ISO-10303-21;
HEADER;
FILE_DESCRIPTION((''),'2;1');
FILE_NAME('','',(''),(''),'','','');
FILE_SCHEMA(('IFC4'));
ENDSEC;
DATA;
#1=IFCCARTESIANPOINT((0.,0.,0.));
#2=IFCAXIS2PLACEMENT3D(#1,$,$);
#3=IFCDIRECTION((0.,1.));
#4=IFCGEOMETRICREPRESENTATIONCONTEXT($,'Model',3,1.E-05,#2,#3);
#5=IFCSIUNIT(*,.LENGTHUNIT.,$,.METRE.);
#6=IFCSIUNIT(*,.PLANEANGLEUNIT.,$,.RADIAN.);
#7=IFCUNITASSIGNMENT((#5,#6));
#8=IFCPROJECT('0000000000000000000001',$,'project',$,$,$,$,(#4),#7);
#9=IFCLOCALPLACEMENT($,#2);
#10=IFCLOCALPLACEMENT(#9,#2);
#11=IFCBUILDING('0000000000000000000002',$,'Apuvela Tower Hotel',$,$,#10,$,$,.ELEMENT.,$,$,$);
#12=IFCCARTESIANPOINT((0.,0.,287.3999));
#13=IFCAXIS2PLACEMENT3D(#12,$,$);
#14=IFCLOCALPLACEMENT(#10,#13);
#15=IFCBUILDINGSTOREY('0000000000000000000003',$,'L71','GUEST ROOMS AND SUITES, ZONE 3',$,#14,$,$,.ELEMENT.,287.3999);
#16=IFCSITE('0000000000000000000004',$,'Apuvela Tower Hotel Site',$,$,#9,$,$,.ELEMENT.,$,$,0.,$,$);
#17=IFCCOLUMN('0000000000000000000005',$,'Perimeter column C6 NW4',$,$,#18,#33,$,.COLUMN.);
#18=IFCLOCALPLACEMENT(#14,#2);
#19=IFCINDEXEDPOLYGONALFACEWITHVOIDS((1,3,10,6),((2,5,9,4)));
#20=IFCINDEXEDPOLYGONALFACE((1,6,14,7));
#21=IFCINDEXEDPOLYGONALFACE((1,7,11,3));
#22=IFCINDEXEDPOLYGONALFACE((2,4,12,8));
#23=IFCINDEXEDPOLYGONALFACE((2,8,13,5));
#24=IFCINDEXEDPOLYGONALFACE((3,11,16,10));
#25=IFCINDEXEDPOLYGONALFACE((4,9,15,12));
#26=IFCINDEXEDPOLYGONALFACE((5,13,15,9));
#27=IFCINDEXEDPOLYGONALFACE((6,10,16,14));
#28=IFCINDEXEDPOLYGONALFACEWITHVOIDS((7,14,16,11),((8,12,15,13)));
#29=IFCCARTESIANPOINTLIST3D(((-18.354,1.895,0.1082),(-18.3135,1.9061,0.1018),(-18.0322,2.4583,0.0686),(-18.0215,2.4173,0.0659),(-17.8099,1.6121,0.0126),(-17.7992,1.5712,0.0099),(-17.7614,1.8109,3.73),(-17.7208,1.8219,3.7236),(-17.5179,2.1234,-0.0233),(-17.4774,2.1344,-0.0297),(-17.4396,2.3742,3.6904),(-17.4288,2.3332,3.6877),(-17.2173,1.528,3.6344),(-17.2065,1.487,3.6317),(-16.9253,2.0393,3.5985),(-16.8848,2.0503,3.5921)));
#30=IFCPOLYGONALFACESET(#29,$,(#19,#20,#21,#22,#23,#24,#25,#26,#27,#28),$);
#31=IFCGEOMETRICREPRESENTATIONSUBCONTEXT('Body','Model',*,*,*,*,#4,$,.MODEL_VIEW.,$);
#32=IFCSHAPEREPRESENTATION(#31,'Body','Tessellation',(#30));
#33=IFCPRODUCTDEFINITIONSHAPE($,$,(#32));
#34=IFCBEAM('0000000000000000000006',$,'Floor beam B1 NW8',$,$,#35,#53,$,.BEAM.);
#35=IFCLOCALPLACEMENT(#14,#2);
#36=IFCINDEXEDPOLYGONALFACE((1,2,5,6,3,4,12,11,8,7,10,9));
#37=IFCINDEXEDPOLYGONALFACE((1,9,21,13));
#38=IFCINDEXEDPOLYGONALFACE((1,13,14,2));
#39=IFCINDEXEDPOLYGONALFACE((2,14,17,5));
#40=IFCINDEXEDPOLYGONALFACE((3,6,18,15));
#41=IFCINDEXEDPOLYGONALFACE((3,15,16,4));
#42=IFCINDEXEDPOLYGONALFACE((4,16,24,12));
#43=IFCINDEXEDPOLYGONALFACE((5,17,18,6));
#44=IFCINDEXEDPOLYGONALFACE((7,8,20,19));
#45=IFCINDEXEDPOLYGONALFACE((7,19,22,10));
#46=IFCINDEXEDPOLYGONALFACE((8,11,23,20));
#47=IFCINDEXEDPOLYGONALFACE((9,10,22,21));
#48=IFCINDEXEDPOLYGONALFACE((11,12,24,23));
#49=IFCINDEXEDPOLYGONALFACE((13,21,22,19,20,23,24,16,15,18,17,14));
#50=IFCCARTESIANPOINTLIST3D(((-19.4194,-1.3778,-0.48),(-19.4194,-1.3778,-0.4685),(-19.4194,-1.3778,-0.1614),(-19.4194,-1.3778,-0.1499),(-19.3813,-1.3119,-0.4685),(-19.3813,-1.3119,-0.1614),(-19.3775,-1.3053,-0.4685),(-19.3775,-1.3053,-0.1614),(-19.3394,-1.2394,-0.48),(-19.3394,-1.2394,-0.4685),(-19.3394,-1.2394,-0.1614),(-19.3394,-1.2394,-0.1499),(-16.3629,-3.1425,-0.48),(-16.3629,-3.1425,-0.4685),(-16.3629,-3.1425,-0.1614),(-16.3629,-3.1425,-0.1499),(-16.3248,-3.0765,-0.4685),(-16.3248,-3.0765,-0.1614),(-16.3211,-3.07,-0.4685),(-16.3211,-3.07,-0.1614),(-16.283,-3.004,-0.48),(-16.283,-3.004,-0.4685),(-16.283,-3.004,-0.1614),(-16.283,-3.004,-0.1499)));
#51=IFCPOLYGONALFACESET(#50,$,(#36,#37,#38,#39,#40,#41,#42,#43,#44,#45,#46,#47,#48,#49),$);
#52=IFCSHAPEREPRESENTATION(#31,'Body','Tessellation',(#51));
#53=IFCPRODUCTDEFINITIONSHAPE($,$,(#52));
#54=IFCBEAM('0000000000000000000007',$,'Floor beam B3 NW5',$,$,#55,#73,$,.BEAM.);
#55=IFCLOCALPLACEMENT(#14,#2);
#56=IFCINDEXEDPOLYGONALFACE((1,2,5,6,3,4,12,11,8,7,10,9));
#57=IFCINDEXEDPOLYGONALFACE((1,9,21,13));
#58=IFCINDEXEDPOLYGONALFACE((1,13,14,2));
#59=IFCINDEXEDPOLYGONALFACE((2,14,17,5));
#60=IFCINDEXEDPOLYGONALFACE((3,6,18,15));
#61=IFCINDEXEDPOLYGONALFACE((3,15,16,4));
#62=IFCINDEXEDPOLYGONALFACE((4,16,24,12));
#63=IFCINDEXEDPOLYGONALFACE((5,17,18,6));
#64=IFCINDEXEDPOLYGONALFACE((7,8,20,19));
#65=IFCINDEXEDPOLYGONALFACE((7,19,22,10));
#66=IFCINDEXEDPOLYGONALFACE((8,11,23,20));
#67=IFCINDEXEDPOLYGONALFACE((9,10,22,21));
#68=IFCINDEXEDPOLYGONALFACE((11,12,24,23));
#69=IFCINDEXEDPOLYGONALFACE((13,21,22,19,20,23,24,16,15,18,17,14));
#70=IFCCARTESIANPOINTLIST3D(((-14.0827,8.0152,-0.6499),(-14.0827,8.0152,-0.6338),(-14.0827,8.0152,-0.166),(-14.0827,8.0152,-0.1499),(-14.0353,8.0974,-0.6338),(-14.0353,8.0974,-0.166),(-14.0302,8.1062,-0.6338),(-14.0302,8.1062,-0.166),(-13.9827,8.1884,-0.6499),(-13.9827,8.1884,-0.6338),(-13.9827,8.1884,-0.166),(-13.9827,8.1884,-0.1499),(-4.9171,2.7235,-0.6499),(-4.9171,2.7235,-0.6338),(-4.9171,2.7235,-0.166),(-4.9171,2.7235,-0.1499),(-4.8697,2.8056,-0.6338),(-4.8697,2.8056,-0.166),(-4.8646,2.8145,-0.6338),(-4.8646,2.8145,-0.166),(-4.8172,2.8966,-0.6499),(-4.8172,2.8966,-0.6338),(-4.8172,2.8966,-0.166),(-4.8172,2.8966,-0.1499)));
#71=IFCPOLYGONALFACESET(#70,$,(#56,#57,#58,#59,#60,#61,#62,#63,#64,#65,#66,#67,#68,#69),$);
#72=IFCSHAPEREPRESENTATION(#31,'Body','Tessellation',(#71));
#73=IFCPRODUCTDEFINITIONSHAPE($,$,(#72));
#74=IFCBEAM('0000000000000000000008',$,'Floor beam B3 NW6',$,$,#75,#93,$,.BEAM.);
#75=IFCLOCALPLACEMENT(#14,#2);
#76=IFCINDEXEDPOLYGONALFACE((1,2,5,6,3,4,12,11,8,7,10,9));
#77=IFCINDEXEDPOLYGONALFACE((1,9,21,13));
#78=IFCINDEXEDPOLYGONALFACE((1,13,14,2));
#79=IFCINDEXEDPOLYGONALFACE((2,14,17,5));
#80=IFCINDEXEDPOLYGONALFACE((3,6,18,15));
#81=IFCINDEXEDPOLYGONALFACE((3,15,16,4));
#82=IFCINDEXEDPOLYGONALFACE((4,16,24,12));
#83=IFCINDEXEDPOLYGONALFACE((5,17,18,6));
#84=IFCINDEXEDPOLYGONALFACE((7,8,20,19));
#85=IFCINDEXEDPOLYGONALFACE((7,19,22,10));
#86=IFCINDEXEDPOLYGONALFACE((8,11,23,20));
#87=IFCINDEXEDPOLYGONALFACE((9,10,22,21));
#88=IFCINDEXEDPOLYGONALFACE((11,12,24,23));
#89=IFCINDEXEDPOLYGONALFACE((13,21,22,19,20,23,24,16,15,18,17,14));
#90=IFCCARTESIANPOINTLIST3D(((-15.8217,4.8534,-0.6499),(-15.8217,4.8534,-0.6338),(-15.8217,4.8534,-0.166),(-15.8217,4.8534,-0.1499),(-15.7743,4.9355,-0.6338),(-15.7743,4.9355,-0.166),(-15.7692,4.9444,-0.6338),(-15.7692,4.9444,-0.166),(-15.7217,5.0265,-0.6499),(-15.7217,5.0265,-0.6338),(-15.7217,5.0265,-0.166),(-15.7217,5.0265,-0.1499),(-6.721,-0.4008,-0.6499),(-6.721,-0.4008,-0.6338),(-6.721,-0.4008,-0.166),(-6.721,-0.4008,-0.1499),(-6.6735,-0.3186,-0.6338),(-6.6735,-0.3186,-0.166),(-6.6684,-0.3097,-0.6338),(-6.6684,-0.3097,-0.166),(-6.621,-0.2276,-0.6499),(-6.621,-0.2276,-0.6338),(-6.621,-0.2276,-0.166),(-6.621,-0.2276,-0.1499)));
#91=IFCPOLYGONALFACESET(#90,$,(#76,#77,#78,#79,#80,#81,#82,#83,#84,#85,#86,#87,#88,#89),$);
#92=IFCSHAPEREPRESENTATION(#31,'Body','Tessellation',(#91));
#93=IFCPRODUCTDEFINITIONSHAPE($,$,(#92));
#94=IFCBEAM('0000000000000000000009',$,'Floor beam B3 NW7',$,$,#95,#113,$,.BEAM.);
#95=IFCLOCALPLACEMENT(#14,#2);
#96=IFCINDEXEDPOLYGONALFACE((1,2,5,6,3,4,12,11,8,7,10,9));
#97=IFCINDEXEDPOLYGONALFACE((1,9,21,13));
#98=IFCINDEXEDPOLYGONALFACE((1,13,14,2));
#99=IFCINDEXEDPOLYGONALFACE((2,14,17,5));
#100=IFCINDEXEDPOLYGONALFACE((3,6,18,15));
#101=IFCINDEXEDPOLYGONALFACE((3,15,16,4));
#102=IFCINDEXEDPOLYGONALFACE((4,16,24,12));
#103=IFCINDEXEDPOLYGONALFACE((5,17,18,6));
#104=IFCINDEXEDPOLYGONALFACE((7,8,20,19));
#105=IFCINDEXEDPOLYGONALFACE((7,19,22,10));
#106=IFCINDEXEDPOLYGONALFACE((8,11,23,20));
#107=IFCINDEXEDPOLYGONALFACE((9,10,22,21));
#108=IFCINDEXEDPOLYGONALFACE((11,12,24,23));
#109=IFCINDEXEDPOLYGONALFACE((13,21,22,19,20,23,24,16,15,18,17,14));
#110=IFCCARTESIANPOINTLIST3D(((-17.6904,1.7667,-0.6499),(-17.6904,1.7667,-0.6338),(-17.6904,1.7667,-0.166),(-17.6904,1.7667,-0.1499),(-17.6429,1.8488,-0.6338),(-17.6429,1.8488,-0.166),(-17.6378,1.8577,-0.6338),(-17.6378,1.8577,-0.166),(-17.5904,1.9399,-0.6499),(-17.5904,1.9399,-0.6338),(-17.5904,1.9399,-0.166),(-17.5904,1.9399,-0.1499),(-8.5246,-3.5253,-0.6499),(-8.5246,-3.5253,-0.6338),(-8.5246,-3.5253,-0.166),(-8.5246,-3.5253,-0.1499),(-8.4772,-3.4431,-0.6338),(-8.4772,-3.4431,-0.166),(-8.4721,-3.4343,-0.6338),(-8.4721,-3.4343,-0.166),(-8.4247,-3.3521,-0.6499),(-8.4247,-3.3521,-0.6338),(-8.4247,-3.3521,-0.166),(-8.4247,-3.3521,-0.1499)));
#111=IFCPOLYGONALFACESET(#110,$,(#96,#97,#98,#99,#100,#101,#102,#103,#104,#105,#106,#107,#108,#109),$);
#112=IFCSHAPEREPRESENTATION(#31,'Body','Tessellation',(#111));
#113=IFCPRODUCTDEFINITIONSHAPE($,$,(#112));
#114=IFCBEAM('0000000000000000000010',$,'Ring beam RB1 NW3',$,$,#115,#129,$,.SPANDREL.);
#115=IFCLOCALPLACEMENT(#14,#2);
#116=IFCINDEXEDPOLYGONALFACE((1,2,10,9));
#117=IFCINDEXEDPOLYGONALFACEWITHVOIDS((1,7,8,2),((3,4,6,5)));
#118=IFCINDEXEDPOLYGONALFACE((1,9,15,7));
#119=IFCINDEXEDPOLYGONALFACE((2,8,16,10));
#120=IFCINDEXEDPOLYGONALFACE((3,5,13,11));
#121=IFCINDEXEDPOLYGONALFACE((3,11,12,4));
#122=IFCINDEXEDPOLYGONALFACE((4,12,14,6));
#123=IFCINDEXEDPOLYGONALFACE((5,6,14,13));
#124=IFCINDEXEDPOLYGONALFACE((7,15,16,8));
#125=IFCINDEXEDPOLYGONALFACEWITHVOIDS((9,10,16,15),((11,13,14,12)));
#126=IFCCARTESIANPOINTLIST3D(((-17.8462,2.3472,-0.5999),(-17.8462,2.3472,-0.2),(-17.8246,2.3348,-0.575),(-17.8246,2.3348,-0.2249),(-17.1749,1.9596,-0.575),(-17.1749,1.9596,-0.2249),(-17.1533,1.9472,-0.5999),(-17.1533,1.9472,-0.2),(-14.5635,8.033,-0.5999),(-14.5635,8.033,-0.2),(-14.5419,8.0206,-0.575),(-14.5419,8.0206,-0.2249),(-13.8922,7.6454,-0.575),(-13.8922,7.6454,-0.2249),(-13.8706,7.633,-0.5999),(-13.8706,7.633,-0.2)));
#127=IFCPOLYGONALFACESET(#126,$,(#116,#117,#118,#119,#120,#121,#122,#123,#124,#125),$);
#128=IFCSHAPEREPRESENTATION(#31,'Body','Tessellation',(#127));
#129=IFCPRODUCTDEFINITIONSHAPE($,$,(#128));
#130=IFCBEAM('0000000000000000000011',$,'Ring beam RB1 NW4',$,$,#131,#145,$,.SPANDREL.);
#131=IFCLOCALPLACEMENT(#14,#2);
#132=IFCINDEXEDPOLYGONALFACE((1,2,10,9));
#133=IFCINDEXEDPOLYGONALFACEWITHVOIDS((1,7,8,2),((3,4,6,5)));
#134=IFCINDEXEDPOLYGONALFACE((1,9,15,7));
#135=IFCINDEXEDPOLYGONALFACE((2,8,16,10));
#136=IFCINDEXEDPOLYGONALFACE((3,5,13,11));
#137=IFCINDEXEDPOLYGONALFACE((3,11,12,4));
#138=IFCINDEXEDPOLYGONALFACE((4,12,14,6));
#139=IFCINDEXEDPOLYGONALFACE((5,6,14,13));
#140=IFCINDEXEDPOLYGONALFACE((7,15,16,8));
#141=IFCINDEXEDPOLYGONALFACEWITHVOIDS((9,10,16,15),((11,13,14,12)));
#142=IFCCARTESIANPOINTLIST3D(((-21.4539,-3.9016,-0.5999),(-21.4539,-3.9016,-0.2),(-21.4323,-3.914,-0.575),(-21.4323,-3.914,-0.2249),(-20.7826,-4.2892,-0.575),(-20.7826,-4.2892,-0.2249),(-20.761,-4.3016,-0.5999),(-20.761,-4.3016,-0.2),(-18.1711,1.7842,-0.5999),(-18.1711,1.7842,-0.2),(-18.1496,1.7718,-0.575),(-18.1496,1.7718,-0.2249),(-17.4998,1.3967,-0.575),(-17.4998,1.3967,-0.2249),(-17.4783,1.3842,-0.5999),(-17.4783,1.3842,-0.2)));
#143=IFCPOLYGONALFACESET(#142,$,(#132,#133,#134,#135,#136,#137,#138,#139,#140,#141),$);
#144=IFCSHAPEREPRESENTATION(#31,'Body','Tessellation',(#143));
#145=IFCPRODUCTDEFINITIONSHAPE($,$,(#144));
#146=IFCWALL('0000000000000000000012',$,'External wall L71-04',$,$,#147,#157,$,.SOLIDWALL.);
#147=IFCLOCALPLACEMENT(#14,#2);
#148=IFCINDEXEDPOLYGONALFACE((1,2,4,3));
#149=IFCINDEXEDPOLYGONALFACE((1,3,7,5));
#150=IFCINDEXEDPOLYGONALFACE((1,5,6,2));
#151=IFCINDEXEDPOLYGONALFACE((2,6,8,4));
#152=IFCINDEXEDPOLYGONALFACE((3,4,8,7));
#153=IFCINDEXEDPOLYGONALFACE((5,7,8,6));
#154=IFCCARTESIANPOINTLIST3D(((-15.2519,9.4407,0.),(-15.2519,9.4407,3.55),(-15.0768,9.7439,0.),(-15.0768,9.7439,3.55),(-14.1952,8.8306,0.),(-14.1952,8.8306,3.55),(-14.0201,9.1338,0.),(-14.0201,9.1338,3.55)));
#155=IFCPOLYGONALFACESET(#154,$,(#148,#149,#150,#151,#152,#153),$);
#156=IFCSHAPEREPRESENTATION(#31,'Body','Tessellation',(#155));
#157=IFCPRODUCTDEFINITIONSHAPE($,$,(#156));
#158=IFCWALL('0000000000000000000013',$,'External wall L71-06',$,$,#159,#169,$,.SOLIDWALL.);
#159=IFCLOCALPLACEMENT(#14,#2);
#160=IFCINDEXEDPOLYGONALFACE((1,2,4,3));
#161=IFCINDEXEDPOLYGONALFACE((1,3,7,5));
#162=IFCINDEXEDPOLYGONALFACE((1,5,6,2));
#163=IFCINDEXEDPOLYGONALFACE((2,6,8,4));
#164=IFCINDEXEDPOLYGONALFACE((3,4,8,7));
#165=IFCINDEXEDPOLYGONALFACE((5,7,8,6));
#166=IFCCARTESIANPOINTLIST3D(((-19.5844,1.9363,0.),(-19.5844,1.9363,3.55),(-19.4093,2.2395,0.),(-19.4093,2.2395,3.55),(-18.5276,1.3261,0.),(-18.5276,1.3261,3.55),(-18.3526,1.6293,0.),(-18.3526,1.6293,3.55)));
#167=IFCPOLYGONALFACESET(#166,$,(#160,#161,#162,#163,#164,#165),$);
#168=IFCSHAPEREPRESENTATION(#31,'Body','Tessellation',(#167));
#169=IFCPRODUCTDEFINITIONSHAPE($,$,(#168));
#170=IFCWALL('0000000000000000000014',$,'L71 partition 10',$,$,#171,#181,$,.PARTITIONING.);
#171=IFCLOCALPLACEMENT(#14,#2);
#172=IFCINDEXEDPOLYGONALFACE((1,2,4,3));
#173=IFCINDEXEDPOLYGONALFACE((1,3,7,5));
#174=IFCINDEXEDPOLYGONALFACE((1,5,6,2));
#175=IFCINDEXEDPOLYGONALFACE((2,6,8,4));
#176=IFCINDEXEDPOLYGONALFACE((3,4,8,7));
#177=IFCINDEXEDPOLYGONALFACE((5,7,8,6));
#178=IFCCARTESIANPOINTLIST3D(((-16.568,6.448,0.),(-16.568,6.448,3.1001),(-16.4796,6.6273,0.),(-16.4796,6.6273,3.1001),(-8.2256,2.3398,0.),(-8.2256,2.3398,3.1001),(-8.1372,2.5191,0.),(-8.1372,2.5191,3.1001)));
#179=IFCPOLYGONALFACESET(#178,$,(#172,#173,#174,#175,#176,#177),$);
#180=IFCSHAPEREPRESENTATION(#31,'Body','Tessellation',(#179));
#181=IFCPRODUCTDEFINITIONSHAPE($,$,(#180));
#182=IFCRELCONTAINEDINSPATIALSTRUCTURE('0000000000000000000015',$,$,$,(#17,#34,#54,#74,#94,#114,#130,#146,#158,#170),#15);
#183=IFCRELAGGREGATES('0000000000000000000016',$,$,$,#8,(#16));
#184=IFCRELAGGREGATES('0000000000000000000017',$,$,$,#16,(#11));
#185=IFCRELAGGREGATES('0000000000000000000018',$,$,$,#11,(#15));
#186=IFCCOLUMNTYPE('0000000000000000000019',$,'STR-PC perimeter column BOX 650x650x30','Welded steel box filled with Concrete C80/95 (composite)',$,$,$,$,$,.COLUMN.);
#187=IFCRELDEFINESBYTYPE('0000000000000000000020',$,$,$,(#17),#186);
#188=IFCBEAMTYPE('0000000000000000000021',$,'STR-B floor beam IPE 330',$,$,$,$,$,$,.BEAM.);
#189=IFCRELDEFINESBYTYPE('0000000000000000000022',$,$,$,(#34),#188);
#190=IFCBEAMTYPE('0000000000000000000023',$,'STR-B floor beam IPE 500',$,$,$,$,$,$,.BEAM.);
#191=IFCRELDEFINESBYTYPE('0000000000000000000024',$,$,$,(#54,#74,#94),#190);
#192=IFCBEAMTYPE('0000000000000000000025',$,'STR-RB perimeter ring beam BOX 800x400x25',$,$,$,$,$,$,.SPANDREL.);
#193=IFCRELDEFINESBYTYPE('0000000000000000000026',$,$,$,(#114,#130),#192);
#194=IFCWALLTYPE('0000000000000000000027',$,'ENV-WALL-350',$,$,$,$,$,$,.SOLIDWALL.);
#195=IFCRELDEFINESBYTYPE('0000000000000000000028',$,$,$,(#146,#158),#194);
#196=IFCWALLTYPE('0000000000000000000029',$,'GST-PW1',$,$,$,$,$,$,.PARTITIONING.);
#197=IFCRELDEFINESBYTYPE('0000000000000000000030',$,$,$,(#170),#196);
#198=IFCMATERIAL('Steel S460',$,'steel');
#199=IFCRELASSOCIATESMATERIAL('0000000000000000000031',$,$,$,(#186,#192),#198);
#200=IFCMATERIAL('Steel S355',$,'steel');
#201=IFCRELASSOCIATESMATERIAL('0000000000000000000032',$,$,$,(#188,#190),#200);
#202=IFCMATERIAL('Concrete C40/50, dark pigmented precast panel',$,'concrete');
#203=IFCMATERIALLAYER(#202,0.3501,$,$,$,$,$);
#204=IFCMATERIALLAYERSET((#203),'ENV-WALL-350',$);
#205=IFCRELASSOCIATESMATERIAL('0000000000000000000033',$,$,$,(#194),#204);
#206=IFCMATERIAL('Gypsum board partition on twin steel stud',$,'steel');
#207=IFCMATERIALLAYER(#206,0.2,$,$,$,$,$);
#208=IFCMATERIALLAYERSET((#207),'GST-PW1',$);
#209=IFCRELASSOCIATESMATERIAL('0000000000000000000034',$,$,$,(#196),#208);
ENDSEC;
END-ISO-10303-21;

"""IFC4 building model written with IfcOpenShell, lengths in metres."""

from ifc_helpers import new_model, si_unit, direction, frame, frame_2d, origin, origin_2d, place, context, subcontext, project, spatial, rectangle, hollow_rectangle, i_section, extrude, boolean, halfspace, material, layer, layer_set, material_profile, profile_set, type_object, element, save


model = new_model("IFC4")

# Units and contexts
model_context = context("Model", 3, precision=1e-05, world=origin(), true_north=direction((0.0, 1.0)))
body_context = subcontext(model_context, "Body", "Model", "MODEL_VIEW")
ifc_project = project(units=[si_unit("LENGTHUNIT", "METRE"), si_unit("PLANEANGLEUNIT", "RADIAN")], contexts=[model_context])

# Site, building, storey
site_placement = place(None, origin())
site = spatial("IfcSite", under=ifc_project, at=site_placement, Name="Apuvela Tower Hotel Site", CompositionType="ELEMENT", RefElevation=0.0)
building_placement = place(site_placement, origin())
building = spatial("IfcBuilding", under=site, at=building_placement, Name="Apuvela Tower Hotel", CompositionType="ELEMENT")
storey_placement = place(building_placement, frame((0.0, 0.0, 287.3999)))
storey = spatial("IfcBuildingStorey", under=building, at=storey_placement, Name="L71", Description="GUEST ROOMS AND SUITES, ZONE 3", CompositionType="ELEMENT", Elevation=287.3999)

# Column
ifc_material_1 = material(Name="Steel S460", Category="steel")
ifc_material_profile_1 = material_profile(ifc_material_1, hollow_rectangle(XDim=0.6499, YDim=0.6499, WallThickness=0.03, at=origin_2d()), Name="BOX 650x650x30")
ifc_material_2 = material(Name="Concrete C80/95", Category="concrete")
ifc_material_profile_2 = material_profile(ifc_material_2, rectangle(XDim=0.5901, YDim=0.5901, at=origin_2d()), Name="Concrete C80/95 infill")
ifc_profile_set_1 = profile_set([ifc_material_profile_1, ifc_material_profile_2], Name="Steel S460")
column_type = type_object("IfcColumnType", Name="STR-PC perimeter column BOX 650x650x30", Description="Welded steel box filled with Concrete C80/95 (composite)", PredefinedType="COLUMN", material=ifc_profile_set_1)
column_1_placement = place(storey_placement, frame((-17.9221, 2.0156, 0.0), z_axis=(0.161442, -0.022914, 0.986616), x_axis=(-0.495073, -0.866716, 0.06088)))
element("IfcColumn", 1, at=column_1_placement, inside=storey, type_object=column_type, Name="Perimeter column C6 NW4", PredefinedType="COLUMN", context=body_context, shape_type="SweptSolid", body=[
    boolean("DIFFERENCE", boolean("DIFFERENCE", extrude(hollow_rectangle(XDim=0.6499, YDim=0.6499, WallThickness=0.03, at=origin_2d()), origin(), (0.0, 0.0, 1.0), 3.7505), halfspace(frame((0.0, 0.0, 0.0398), z_axis=(0.0, 0.0, 1.0), x_axis=(1.0, 0.0, 0.0)), True)), halfspace(frame((0.0, 0.0, 3.7107), z_axis=(0.0, 0.0, 1.0), x_axis=(1.0, 0.0, 0.0)), False)),
])

# Beams
ifc_material_3 = material(Name="Steel S355", Category="steel")
ifc_material_profile_3 = material_profile(ifc_material_3, i_section(OverallWidth=0.1599, OverallDepth=0.3301, WebThickness=0.0076, FlangeThickness=0.0115, at=origin_2d()), Name="IPE 330")
ifc_profile_set_2 = profile_set([ifc_material_profile_3], Name="Steel S355")
beam_type_1 = type_object("IfcBeamType", Name="STR-B floor beam IPE 330", PredefinedType="BEAM", material=ifc_profile_set_2)
beam_1_placement = place(storey_placement, frame((-19.3794, -1.3086, -0.3149), z_axis=(0.866021, -0.500008, 0.0), x_axis=(0.500008, 0.866021, 0.0)))
element("IfcBeam", 2, at=beam_1_placement, inside=storey, type_object=beam_type_1, Name="Floor beam B1 NW8", PredefinedType="BEAM", context=body_context, shape_type="SweptSolid", body=[
    extrude(i_section(OverallWidth=0.1599, OverallDepth=0.3301, WebThickness=0.0076, FlangeThickness=0.0115, at=origin_2d()), origin(), (0.0, 0.0, 1.0), 3.5293),
])
ifc_material_profile_4 = material_profile(ifc_material_3, i_section(OverallWidth=0.2, OverallDepth=0.5, WebThickness=0.0103, FlangeThickness=0.0161, at=origin_2d()), Name="IPE 500")
ifc_profile_set_3 = profile_set([ifc_material_profile_4], Name="Steel S355")
beam_type_2 = type_object("IfcBeamType", Name="STR-B floor beam IPE 500", PredefinedType="BEAM", material=ifc_profile_set_3)
beam_2_placement = place(storey_placement, frame((-14.0327, 8.1018, -0.3999), z_axis=(0.866024, -0.500002, 0.0), x_axis=(0.500002, 0.866024, 0.0)))
element("IfcBeam", 3, at=beam_2_placement, inside=storey, type_object=beam_type_2, Name="Floor beam B3 NW5", PredefinedType="BEAM", context=body_context, shape_type="SweptSolid", body=[
    extrude(i_section(OverallWidth=0.2, OverallDepth=0.5, WebThickness=0.0103, FlangeThickness=0.0161, at=origin_2d()), origin(), (0.0, 0.0, 1.0), 10.5835),
])
beam_3_placement = place(storey_placement, frame((-15.7717, 4.9399, -0.3999), z_axis=(0.866034, -0.499985, 0.0), x_axis=(0.499985, 0.866034, 0.0)))
element("IfcBeam", 4, at=beam_3_placement, inside=storey, type_object=beam_type_2, Name="Floor beam B3 NW6", PredefinedType="BEAM", context=body_context, shape_type="SweptSolid", body=[
    extrude(i_section(OverallWidth=0.2, OverallDepth=0.5, WebThickness=0.0103, FlangeThickness=0.0161, at=origin_2d()), origin(), (0.0, 0.0, 1.0), 10.5085),
])
beam_4_placement = place(storey_placement, frame((-17.6404, 1.8533, -0.3999), z_axis=(0.86602, -0.500009, 0.0), x_axis=(0.500009, 0.86602, 0.0)))
element("IfcBeam", 5, at=beam_4_placement, inside=storey, type_object=beam_type_2, Name="Floor beam B3 NW7", PredefinedType="BEAM", context=body_context, shape_type="SweptSolid", body=[
    extrude(i_section(OverallWidth=0.2, OverallDepth=0.5, WebThickness=0.0103, FlangeThickness=0.0161, at=origin_2d()), origin(), (0.0, 0.0, 1.0), 10.5837),
])
ifc_material_profile_5 = material_profile(ifc_material_1, hollow_rectangle(XDim=0.8, YDim=0.3999, WallThickness=0.0249, at=origin_2d()), Name="BOX 800x400x25")
ifc_profile_set_4 = profile_set([ifc_material_profile_5], Name="Steel S460")
beam_type_3 = type_object("IfcBeamType", Name="STR-RB perimeter ring beam BOX 800x400x25", PredefinedType="SPANDREL", material=ifc_profile_set_4)
for number, where, z_axis, x_axis, name in (
    (6, (-14.217, 7.833, -0.3999), (-0.500002, -0.866024, 0.0), (0.866024, -0.500002, 0.0), "Ring beam RB1 NW3"),
    (7, (-17.8247, 1.5842, -0.3999), (-0.500002, -0.866024, 0.0), (0.866024, -0.500002, 0.0), "Ring beam RB1 NW4"),
):
    element("IfcBeam", number, at=place(storey_placement, frame(where, z_axis=z_axis, x_axis=x_axis)), inside=storey, type_object=beam_type_3, Name=name, PredefinedType="SPANDREL", context=body_context, shape_type="SweptSolid", body=[
        extrude(hollow_rectangle(XDim=0.8, YDim=0.3999, WallThickness=0.0249, at=origin_2d()), origin(), (0.0, 0.0, 1.0), 6.5654),
    ])

# Wall
ifc_material_4 = material(Name="Concrete C40/50, dark pigmented precast panel", Category="concrete")
ifc_layer_1 = layer(ifc_material_4, 0.3501)
ifc_layer_set_1 = layer_set([ifc_layer_1], Name="ENV-WALL-350")
wall_type_1 = type_object("IfcWallType", Name="ENV-WALL-350", PredefinedType="SOLIDWALL", material=ifc_layer_set_1)
wall_1_placement = place(storey_placement, frame((-14.1077, 8.9822, 0.0), z_axis=(0.0, 0.0, 1.0), x_axis=(-0.866006, 0.500034, 0.0)))
element("IfcWall", 8, at=wall_1_placement, inside=storey, type_object=wall_type_1, Name="External wall L71-04", PredefinedType="SOLIDWALL", context=body_context, shape_type="SweptSolid", body=[
    extrude(rectangle(XDim=1.2202, YDim=0.3501, at=frame_2d((0.6101, 0.0))), origin(), (0.0, 0.0, 1.0), 3.55),
])

# Wall
wall_2_placement = place(storey_placement, frame((-19.4968, 2.0879, 0.0), z_axis=(0.0, 0.0, 1.0), x_axis=(0.866006, -0.500034, 0.0)))
element("IfcWall", 9, at=wall_2_placement, inside=storey, type_object=wall_type_1, Name="External wall L71-06", PredefinedType="SOLIDWALL", context=body_context, shape_type="SweptSolid", body=[
    extrude(rectangle(XDim=1.2202, YDim=0.3501, at=frame_2d((0.6101, 0.0))), origin(), (0.0, 0.0, 1.0), 3.55),
])

# Wall
ifc_material_5 = material(Name="Gypsum board partition on twin steel stud", Category="steel")
ifc_layer_2 = layer(ifc_material_5, 0.2)
ifc_layer_set_2 = layer_set([ifc_layer_2], Name="GST-PW1")
wall_type_2 = type_object("IfcWallType", Name="GST-PW1", PredefinedType="PARTITIONING", material=ifc_layer_set_2)
wall_3_placement = place(storey_placement, frame((-16.5237, 6.5376, 0.0), z_axis=(0.0, 0.0, 1.0), x_axis=(0.89712, -0.441786, 0.0)))
element("IfcWall", 10, at=wall_3_placement, inside=storey, type_object=wall_type_2, Name="L71 partition 10", PredefinedType="PARTITIONING", context=body_context, shape_type="SweptSolid", body=[
    extrude(rectangle(XDim=9.2991, YDim=0.2, at=frame_2d((4.6494, 0.0))), origin(), (0.0, 0.0, 1.0), 3.1001),
])

save(model, "model.ifc")
